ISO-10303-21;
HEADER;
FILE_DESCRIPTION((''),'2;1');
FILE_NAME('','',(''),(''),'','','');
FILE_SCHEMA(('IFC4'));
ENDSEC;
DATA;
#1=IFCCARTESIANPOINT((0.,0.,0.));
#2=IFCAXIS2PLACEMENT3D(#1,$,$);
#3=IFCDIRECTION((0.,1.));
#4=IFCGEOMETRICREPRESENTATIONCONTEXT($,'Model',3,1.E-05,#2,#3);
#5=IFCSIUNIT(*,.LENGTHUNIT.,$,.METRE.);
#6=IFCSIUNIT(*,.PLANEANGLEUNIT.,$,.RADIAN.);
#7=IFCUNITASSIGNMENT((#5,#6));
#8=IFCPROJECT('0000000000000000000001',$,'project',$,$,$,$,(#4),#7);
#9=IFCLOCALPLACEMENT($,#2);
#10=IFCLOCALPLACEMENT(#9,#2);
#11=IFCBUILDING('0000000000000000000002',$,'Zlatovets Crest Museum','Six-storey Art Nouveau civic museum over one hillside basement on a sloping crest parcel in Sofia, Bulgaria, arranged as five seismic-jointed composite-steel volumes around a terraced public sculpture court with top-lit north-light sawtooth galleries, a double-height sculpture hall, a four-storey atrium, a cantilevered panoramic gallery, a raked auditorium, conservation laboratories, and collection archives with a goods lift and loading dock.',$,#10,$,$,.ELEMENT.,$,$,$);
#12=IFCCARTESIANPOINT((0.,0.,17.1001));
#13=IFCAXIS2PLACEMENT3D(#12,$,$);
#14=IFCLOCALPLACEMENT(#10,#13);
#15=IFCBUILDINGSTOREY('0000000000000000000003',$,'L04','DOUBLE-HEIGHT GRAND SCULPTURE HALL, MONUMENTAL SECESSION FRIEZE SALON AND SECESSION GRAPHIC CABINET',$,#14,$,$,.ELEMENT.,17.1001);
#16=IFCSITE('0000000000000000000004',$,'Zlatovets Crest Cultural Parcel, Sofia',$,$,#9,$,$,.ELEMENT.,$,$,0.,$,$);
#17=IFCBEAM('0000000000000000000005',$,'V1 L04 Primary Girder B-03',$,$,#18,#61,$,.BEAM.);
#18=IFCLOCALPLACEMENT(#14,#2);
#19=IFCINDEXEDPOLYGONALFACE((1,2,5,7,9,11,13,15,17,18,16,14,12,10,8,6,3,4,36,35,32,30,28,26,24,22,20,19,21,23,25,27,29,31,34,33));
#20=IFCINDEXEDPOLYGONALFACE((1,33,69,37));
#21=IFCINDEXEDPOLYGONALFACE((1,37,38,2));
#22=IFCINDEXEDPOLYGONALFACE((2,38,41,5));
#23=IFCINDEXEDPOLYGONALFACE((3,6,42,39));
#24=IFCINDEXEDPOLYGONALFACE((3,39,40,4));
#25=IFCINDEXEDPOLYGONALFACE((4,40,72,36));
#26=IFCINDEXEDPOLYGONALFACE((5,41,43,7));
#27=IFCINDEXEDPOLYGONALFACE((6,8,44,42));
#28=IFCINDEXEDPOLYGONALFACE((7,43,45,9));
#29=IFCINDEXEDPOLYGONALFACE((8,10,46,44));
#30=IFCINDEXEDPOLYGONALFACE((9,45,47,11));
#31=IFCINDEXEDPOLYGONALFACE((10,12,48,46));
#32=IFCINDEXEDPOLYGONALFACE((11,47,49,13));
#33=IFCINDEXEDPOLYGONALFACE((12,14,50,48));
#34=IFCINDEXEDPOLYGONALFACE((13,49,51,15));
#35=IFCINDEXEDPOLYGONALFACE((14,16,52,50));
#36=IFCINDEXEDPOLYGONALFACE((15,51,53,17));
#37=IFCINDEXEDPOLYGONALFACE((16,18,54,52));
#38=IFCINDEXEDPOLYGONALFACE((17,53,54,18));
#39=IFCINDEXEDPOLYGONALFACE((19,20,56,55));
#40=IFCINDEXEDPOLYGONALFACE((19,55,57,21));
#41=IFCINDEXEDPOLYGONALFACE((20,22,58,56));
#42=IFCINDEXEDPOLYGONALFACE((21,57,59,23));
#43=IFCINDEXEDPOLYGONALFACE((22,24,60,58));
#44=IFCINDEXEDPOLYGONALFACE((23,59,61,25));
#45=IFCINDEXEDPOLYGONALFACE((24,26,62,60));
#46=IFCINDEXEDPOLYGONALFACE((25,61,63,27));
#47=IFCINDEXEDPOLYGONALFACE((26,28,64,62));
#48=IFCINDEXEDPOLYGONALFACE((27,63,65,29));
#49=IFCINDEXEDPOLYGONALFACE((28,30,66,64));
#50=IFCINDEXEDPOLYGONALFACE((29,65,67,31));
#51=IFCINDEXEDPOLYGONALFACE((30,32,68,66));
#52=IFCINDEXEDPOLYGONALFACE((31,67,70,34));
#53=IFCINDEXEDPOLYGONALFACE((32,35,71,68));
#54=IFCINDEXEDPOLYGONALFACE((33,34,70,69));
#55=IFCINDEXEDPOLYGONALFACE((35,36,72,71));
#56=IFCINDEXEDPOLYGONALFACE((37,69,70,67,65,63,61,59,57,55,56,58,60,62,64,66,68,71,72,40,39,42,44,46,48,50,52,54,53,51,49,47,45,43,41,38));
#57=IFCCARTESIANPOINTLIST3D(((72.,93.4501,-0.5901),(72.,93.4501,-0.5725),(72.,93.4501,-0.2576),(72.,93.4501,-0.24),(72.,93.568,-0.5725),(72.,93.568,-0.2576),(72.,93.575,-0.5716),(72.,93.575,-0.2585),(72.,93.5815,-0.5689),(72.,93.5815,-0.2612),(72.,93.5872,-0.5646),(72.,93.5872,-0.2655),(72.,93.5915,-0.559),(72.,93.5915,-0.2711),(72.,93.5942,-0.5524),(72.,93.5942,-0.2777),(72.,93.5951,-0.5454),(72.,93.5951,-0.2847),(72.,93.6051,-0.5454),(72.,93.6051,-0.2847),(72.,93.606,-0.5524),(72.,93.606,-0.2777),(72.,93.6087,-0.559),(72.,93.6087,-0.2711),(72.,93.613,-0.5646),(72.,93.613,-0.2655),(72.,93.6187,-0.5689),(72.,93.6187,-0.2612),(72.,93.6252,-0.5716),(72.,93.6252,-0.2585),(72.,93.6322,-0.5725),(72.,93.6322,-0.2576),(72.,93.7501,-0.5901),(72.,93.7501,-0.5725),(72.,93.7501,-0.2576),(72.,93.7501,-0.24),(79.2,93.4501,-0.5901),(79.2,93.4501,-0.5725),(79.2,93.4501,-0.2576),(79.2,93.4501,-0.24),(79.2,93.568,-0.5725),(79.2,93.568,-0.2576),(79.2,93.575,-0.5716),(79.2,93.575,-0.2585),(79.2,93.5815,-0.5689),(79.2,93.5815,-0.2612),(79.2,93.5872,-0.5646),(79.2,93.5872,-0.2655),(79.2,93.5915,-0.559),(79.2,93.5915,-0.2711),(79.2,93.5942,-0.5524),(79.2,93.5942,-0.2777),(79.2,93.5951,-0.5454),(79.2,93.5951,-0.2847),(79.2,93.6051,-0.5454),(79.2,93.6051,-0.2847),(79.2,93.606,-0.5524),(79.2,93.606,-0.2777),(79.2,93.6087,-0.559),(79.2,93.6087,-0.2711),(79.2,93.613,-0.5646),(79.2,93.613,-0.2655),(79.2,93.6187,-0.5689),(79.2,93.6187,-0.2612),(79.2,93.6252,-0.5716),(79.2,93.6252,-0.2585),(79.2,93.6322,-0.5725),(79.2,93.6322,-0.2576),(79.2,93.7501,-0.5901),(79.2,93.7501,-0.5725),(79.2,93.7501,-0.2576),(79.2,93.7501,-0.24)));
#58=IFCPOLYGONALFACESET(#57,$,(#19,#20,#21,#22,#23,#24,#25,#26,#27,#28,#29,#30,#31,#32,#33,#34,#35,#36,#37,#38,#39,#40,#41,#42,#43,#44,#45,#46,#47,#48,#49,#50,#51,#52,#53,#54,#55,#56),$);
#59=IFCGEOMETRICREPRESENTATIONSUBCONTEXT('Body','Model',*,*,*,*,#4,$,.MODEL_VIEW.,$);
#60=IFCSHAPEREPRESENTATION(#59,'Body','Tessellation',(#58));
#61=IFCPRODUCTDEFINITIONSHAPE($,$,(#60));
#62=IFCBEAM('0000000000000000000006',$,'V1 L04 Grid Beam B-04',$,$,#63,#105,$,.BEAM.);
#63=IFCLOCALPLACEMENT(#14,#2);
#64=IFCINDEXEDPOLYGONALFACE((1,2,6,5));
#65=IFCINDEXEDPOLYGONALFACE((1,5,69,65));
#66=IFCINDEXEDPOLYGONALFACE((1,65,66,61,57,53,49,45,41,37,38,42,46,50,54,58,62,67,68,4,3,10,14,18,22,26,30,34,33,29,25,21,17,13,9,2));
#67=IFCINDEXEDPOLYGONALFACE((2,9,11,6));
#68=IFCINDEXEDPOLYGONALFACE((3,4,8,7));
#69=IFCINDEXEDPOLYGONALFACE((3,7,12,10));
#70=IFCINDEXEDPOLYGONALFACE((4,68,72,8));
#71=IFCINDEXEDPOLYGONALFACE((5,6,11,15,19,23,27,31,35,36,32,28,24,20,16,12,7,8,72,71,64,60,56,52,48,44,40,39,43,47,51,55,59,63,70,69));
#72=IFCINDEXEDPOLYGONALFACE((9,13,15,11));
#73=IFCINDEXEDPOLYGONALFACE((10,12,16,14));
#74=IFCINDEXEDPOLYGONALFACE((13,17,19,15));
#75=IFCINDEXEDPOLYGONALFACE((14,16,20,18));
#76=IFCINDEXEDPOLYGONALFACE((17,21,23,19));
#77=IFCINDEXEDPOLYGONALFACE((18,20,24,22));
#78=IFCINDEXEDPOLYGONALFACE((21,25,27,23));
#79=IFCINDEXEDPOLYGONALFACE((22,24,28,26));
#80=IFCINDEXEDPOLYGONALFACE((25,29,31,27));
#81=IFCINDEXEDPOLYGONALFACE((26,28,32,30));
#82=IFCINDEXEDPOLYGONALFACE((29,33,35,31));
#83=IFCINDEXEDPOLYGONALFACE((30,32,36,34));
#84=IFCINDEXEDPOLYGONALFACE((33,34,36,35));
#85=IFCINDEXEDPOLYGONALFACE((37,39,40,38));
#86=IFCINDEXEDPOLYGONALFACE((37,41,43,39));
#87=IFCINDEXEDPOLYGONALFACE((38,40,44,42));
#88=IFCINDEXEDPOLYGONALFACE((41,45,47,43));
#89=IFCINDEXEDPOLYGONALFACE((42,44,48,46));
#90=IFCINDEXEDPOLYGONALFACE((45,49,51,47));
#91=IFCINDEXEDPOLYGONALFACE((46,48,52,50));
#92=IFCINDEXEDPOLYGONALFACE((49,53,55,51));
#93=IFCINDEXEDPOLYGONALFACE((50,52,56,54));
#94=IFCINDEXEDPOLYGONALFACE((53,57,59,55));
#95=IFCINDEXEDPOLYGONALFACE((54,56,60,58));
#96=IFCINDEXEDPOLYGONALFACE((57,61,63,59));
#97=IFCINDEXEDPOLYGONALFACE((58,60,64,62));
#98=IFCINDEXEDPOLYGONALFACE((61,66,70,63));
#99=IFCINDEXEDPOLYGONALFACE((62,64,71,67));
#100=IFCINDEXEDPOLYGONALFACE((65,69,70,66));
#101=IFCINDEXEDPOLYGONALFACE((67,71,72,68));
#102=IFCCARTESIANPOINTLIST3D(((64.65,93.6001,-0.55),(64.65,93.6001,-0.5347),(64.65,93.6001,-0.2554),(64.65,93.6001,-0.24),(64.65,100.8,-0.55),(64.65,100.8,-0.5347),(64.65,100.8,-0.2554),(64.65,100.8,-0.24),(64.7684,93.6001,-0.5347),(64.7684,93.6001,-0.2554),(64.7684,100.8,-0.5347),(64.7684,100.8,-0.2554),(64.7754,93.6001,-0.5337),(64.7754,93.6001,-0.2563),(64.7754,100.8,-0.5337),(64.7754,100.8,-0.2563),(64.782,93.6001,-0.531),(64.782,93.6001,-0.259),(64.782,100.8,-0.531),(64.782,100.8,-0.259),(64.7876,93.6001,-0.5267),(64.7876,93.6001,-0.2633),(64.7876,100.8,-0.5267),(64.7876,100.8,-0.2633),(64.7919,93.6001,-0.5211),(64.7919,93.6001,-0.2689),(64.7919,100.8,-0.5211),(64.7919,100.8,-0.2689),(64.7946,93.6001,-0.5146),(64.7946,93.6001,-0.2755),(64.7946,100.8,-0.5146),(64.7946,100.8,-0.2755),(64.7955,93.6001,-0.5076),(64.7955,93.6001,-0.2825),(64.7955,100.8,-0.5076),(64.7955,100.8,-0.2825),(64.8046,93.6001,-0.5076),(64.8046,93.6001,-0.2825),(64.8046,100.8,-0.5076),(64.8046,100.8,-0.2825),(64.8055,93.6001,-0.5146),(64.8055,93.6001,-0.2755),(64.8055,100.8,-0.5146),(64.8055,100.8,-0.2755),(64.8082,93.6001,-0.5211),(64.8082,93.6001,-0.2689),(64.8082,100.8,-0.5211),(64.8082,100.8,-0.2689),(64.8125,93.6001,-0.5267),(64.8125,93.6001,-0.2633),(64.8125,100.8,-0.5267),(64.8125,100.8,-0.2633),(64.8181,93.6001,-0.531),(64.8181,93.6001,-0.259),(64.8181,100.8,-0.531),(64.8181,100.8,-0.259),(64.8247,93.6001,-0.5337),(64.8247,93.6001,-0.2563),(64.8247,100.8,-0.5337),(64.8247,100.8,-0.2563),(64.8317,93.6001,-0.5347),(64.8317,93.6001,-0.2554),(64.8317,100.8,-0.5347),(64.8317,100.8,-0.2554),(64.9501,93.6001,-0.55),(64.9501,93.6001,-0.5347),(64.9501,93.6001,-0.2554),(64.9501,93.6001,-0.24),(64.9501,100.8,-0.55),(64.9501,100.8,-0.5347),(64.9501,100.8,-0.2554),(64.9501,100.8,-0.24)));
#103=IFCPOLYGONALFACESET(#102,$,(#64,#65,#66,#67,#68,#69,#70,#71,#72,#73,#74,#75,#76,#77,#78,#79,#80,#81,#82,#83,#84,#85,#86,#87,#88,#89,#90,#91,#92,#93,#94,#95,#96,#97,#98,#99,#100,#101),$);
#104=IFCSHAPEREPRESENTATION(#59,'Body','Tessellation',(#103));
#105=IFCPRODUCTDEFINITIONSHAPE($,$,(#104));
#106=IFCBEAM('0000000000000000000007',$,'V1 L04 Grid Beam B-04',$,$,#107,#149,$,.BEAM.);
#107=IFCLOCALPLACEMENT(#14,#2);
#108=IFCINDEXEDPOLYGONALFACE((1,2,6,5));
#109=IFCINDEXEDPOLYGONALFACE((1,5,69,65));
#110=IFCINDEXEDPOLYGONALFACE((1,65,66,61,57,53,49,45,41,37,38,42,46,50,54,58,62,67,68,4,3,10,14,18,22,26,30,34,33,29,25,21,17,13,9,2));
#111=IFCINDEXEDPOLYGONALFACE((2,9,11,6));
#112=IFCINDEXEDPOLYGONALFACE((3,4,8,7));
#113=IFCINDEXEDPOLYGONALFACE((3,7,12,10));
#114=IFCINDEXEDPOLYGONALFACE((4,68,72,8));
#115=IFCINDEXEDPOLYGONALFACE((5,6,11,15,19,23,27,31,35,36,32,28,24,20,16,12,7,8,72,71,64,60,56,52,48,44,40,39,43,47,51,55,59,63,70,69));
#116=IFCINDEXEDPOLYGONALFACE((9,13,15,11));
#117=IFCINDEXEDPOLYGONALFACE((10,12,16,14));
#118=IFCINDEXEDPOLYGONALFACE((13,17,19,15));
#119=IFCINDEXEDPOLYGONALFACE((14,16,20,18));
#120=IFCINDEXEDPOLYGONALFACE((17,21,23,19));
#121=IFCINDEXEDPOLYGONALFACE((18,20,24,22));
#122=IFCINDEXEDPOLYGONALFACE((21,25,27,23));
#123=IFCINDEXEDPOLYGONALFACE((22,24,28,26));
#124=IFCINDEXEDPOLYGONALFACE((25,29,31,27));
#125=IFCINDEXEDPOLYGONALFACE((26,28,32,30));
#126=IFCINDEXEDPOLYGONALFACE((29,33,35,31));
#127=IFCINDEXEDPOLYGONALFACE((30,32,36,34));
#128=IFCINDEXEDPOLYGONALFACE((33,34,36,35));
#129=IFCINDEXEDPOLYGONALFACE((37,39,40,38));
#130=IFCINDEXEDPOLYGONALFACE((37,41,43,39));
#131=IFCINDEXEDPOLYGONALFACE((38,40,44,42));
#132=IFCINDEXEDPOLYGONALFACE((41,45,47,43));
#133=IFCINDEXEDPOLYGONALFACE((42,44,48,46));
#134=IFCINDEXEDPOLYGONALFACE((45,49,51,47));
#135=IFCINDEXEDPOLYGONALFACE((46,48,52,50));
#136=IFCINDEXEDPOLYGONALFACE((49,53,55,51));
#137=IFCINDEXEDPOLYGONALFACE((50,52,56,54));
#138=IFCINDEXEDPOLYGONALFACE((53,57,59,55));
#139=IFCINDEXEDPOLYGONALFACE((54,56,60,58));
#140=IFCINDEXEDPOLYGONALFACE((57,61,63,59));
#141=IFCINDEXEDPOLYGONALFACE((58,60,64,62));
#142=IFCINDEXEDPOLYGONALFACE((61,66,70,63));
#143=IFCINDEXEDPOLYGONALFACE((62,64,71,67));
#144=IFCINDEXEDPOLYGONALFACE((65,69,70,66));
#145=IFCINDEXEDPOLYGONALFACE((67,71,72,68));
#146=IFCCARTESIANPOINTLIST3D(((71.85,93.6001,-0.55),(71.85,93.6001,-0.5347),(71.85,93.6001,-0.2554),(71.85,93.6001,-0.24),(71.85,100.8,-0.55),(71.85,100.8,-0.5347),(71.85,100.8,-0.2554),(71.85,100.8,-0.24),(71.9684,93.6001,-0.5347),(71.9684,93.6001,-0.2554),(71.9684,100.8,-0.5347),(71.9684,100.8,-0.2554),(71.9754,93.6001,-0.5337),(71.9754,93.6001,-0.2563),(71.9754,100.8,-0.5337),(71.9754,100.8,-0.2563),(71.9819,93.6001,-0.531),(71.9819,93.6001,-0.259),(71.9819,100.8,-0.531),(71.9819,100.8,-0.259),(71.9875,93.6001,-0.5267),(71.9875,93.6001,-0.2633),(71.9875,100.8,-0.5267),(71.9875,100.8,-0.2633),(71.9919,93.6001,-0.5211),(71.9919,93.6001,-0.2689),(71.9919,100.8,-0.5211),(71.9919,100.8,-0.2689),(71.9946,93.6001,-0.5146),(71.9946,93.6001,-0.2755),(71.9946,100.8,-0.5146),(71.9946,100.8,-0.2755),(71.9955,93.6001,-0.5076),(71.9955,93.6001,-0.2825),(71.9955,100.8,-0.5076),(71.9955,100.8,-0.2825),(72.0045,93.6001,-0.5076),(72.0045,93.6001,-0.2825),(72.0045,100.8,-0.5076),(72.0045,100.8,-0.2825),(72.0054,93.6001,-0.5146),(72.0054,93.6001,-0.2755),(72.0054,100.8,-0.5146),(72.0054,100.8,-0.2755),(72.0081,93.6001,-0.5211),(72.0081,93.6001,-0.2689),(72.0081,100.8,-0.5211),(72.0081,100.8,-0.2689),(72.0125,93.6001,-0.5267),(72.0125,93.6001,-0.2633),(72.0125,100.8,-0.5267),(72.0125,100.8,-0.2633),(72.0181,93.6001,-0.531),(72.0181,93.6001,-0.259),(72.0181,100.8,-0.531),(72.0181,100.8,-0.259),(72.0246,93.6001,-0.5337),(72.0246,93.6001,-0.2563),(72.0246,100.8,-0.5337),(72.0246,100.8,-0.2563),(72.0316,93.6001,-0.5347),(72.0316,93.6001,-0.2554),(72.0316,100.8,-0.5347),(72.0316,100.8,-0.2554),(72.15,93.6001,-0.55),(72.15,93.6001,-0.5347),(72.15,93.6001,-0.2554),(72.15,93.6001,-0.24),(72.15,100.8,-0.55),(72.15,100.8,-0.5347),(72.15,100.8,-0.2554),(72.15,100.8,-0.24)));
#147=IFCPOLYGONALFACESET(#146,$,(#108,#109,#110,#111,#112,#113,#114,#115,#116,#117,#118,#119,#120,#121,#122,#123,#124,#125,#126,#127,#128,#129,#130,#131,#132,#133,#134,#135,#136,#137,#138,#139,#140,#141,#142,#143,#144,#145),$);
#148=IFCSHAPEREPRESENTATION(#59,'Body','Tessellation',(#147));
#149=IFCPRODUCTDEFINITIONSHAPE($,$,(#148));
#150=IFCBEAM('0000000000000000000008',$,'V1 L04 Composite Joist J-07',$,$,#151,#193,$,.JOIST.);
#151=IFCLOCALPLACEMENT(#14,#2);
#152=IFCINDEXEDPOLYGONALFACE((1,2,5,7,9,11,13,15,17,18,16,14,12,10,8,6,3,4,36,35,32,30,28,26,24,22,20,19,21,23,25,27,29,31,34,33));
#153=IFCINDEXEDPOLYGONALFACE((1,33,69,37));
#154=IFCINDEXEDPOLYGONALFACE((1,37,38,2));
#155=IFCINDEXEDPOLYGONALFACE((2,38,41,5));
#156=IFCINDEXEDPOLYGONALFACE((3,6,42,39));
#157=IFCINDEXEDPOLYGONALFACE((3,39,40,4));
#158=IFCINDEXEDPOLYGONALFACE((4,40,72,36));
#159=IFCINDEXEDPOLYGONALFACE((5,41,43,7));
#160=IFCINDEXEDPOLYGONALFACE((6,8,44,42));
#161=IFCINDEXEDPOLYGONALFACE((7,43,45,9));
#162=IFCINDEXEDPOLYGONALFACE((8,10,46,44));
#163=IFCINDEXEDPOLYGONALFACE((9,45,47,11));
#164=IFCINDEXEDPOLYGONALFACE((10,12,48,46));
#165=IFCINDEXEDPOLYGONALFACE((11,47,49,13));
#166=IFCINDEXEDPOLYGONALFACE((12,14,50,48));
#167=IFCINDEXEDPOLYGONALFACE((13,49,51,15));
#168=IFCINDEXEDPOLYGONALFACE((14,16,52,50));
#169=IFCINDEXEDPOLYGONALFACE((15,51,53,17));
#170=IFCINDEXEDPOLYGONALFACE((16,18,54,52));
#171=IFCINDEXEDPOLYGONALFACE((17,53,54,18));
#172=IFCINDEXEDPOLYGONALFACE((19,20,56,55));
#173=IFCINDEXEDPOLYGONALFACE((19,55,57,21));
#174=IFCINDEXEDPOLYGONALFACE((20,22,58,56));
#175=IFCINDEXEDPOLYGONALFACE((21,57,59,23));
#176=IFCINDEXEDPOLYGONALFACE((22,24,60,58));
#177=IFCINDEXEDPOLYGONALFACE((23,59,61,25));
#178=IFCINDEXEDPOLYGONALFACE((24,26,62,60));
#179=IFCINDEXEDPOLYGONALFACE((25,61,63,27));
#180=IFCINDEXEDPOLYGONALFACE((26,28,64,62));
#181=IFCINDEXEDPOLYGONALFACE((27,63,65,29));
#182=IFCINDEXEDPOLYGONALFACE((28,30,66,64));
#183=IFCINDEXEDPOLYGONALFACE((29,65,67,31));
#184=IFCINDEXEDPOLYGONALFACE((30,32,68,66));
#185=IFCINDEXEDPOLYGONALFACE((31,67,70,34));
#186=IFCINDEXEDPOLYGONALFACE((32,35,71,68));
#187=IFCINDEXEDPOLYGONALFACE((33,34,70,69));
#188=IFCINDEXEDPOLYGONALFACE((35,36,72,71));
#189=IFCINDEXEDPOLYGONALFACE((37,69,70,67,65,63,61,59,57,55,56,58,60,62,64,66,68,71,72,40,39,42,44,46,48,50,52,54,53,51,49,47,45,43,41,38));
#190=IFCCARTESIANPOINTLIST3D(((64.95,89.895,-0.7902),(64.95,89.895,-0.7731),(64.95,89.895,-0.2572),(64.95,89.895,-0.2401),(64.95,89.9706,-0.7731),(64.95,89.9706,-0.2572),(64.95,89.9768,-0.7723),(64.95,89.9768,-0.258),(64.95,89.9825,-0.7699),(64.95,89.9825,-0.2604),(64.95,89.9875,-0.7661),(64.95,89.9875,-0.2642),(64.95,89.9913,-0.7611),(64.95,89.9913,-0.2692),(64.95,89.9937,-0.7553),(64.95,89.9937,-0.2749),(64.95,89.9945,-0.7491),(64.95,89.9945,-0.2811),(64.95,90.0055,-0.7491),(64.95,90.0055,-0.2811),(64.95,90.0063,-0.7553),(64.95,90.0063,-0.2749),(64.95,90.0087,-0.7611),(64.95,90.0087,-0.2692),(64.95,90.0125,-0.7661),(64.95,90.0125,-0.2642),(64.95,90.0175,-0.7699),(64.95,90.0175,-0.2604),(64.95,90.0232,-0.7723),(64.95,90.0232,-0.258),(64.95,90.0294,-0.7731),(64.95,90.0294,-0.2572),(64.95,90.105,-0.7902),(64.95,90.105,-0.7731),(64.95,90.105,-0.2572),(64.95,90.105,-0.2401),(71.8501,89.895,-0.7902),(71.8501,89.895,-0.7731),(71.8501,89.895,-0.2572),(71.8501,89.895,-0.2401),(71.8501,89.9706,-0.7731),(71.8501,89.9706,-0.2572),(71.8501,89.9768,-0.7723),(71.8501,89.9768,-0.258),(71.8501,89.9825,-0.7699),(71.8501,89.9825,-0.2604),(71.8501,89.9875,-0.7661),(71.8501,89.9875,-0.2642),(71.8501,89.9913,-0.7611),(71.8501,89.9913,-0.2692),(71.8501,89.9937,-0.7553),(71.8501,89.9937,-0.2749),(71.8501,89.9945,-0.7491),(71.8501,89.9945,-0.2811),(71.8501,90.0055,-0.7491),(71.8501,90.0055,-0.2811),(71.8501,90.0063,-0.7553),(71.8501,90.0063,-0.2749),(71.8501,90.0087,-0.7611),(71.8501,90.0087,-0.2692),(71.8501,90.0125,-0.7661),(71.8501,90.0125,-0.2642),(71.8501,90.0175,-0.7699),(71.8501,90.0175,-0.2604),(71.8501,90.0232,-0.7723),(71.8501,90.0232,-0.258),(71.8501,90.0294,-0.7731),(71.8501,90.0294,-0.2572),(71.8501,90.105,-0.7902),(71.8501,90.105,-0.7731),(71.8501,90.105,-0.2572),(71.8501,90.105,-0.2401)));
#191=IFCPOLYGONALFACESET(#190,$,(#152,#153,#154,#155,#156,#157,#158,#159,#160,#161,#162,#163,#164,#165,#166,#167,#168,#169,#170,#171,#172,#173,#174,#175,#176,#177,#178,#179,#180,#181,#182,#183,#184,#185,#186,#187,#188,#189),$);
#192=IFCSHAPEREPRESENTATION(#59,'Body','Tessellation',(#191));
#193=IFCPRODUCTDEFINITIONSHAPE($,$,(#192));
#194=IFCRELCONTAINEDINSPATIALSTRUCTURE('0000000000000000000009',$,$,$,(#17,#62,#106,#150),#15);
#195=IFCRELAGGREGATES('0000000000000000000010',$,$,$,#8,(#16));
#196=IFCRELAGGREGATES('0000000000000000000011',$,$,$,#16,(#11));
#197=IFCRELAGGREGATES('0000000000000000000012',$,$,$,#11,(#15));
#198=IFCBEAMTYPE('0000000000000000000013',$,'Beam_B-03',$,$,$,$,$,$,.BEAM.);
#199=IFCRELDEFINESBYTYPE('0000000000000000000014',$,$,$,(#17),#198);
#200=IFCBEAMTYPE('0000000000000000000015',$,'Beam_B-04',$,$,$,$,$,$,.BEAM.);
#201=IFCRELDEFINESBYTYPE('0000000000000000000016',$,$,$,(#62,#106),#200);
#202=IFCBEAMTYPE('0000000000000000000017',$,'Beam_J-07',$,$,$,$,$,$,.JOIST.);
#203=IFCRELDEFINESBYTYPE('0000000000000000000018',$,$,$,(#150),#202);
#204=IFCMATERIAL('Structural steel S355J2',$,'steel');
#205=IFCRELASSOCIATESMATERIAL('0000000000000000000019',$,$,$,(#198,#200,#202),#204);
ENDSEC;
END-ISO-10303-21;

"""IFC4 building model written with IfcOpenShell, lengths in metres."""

from ifc_helpers import new_model, si_unit, direction, frame, origin, origin_2d, place, context, subcontext, project, spatial, i_section, extrude, material, material_profile, profile_set, type_object, element, save


model = new_model("IFC4")

# Units and contexts
model_context = context("Model", 3, precision=1e-05, world=origin(), true_north=direction((0.0, 1.0)))
body_context = subcontext(model_context, "Body", "Model", "MODEL_VIEW")
ifc_project = project(units=[si_unit("LENGTHUNIT", "METRE"), si_unit("PLANEANGLEUNIT", "RADIAN")], contexts=[model_context])

# Site, building, storey
site_placement = place(None, origin())
site = spatial("IfcSite", under=ifc_project, at=site_placement, Name="Zlatovets Crest Cultural Parcel, Sofia", CompositionType="ELEMENT", RefElevation=0.0)
building_placement = place(site_placement, origin())
building = spatial("IfcBuilding", under=site, at=building_placement, Name="Zlatovets Crest Museum", Description="Six-storey Art Nouveau civic museum over one hillside basement on a sloping crest parcel in Sofia, Bulgaria, arranged as five seismic-jointed composite-steel volumes around a terraced public sculpture court with top-lit north-light sawtooth galleries, a double-height sculpture hall, a four-storey atrium, a cantilevered panoramic gallery, a raked auditorium, conservation laboratories, and collection archives with a goods lift and loading dock.", CompositionType="ELEMENT")
storey_placement = place(building_placement, frame((0.0, 0.0, 17.1001)))
storey = spatial("IfcBuildingStorey", under=building, at=storey_placement, Name="L04", Description="DOUBLE-HEIGHT GRAND SCULPTURE HALL, MONUMENTAL SECESSION FRIEZE SALON AND SECESSION GRAPHIC CABINET", CompositionType="ELEMENT", Elevation=17.1001)

# Shared definitions
ifc_material_1 = material(Name="Structural steel S355J2", Category="steel")

# Beams
ifc_material_profile_1 = material_profile(ifc_material_1, i_section(OverallWidth=0.3, OverallDepth=0.3501, WebThickness=0.01, FlangeThickness=0.0176, FilletRadius=0.0271, at=origin_2d()), Name="HEA 360")
ifc_profile_set_1 = profile_set([ifc_material_profile_1], Name="Structural steel S355J2")
beam_type_1 = type_object("IfcBeamType", Name="Beam_B-03", PredefinedType="BEAM", material=ifc_profile_set_1)
for number, where, z_axis, x_axis, name in (
    (1, (72.0, 93.6001, -0.415), (1.0, 0.0, 0.0), (0.0, 1.0, 0.0), "V1 L04 Primary Girder B-03"),
):
    element("IfcBeam", number, at=place(storey_placement, frame(where, z_axis=z_axis, x_axis=x_axis)), inside=storey, type_object=beam_type_1, Name=name, PredefinedType="BEAM", context=body_context, shape_type="SweptSolid", body=[
        extrude(i_section(OverallWidth=0.3, OverallDepth=0.3501, WebThickness=0.01, FlangeThickness=0.0176, FilletRadius=0.0271, at=origin_2d()), origin(), (0.0, 0.0, 1.0), 7.2),
    ])
ifc_material_profile_2 = material_profile(ifc_material_1, i_section(OverallWidth=0.3, OverallDepth=0.3101, WebThickness=0.009, FlangeThickness=0.0154, FilletRadius=0.0271, at=origin_2d()), Name="HEA 320")
ifc_profile_set_2 = profile_set([ifc_material_profile_2], Name="Structural steel S355J2")
beam_type_2 = type_object("IfcBeamType", Name="Beam_B-04", PredefinedType="BEAM", material=ifc_profile_set_2)
for number, where, z_axis, x_axis, name in (
    (2, (64.8, 93.6001, -0.395), (0.0, 1.0, 0.0), (-1.0, 0.0, 0.0), "V1 L04 Grid Beam B-04"),
    (3, (72.0, 93.6001, -0.395), (0.0, 1.0, 0.0), (-1.0, 0.0, 0.0), "V1 L04 Grid Beam B-04"),
):
    element("IfcBeam", number, at=place(storey_placement, frame(where, z_axis=z_axis, x_axis=x_axis)), inside=storey, type_object=beam_type_2, Name=name, PredefinedType="BEAM", context=body_context, shape_type="SweptSolid", body=[
        extrude(i_section(OverallWidth=0.3, OverallDepth=0.3101, WebThickness=0.009, FlangeThickness=0.0154, FilletRadius=0.0271, at=origin_2d()), origin(), (0.0, 0.0, 1.0), 7.2),
    ])
ifc_material_profile_3 = material_profile(ifc_material_1, i_section(OverallWidth=0.21, OverallDepth=0.55, WebThickness=0.011, FlangeThickness=0.0171, FilletRadius=0.0239, at=origin_2d()), Name="IPE 550")
ifc_profile_set_3 = profile_set([ifc_material_profile_3], Name="Structural steel S355J2")
beam_type_3 = type_object("IfcBeamType", Name="Beam_J-07", PredefinedType="JOIST", material=ifc_profile_set_3)
for number, where, z_axis, x_axis, name in (
    (4, (64.95, 90.0, -0.5151), (1.0, 0.0, 0.0), (0.0, 1.0, 0.0), "V1 L04 Composite Joist J-07"),
):
    element("IfcBeam", number, at=place(storey_placement, frame(where, z_axis=z_axis, x_axis=x_axis)), inside=storey, type_object=beam_type_3, Name=name, PredefinedType="JOIST", context=body_context, shape_type="SweptSolid", body=[
        extrude(i_section(OverallWidth=0.21, OverallDepth=0.55, WebThickness=0.011, FlangeThickness=0.0171, FilletRadius=0.0239, at=origin_2d()), origin(), (0.0, 0.0, 1.0), 6.9001),
    ])

save(model, "model.ifc")
